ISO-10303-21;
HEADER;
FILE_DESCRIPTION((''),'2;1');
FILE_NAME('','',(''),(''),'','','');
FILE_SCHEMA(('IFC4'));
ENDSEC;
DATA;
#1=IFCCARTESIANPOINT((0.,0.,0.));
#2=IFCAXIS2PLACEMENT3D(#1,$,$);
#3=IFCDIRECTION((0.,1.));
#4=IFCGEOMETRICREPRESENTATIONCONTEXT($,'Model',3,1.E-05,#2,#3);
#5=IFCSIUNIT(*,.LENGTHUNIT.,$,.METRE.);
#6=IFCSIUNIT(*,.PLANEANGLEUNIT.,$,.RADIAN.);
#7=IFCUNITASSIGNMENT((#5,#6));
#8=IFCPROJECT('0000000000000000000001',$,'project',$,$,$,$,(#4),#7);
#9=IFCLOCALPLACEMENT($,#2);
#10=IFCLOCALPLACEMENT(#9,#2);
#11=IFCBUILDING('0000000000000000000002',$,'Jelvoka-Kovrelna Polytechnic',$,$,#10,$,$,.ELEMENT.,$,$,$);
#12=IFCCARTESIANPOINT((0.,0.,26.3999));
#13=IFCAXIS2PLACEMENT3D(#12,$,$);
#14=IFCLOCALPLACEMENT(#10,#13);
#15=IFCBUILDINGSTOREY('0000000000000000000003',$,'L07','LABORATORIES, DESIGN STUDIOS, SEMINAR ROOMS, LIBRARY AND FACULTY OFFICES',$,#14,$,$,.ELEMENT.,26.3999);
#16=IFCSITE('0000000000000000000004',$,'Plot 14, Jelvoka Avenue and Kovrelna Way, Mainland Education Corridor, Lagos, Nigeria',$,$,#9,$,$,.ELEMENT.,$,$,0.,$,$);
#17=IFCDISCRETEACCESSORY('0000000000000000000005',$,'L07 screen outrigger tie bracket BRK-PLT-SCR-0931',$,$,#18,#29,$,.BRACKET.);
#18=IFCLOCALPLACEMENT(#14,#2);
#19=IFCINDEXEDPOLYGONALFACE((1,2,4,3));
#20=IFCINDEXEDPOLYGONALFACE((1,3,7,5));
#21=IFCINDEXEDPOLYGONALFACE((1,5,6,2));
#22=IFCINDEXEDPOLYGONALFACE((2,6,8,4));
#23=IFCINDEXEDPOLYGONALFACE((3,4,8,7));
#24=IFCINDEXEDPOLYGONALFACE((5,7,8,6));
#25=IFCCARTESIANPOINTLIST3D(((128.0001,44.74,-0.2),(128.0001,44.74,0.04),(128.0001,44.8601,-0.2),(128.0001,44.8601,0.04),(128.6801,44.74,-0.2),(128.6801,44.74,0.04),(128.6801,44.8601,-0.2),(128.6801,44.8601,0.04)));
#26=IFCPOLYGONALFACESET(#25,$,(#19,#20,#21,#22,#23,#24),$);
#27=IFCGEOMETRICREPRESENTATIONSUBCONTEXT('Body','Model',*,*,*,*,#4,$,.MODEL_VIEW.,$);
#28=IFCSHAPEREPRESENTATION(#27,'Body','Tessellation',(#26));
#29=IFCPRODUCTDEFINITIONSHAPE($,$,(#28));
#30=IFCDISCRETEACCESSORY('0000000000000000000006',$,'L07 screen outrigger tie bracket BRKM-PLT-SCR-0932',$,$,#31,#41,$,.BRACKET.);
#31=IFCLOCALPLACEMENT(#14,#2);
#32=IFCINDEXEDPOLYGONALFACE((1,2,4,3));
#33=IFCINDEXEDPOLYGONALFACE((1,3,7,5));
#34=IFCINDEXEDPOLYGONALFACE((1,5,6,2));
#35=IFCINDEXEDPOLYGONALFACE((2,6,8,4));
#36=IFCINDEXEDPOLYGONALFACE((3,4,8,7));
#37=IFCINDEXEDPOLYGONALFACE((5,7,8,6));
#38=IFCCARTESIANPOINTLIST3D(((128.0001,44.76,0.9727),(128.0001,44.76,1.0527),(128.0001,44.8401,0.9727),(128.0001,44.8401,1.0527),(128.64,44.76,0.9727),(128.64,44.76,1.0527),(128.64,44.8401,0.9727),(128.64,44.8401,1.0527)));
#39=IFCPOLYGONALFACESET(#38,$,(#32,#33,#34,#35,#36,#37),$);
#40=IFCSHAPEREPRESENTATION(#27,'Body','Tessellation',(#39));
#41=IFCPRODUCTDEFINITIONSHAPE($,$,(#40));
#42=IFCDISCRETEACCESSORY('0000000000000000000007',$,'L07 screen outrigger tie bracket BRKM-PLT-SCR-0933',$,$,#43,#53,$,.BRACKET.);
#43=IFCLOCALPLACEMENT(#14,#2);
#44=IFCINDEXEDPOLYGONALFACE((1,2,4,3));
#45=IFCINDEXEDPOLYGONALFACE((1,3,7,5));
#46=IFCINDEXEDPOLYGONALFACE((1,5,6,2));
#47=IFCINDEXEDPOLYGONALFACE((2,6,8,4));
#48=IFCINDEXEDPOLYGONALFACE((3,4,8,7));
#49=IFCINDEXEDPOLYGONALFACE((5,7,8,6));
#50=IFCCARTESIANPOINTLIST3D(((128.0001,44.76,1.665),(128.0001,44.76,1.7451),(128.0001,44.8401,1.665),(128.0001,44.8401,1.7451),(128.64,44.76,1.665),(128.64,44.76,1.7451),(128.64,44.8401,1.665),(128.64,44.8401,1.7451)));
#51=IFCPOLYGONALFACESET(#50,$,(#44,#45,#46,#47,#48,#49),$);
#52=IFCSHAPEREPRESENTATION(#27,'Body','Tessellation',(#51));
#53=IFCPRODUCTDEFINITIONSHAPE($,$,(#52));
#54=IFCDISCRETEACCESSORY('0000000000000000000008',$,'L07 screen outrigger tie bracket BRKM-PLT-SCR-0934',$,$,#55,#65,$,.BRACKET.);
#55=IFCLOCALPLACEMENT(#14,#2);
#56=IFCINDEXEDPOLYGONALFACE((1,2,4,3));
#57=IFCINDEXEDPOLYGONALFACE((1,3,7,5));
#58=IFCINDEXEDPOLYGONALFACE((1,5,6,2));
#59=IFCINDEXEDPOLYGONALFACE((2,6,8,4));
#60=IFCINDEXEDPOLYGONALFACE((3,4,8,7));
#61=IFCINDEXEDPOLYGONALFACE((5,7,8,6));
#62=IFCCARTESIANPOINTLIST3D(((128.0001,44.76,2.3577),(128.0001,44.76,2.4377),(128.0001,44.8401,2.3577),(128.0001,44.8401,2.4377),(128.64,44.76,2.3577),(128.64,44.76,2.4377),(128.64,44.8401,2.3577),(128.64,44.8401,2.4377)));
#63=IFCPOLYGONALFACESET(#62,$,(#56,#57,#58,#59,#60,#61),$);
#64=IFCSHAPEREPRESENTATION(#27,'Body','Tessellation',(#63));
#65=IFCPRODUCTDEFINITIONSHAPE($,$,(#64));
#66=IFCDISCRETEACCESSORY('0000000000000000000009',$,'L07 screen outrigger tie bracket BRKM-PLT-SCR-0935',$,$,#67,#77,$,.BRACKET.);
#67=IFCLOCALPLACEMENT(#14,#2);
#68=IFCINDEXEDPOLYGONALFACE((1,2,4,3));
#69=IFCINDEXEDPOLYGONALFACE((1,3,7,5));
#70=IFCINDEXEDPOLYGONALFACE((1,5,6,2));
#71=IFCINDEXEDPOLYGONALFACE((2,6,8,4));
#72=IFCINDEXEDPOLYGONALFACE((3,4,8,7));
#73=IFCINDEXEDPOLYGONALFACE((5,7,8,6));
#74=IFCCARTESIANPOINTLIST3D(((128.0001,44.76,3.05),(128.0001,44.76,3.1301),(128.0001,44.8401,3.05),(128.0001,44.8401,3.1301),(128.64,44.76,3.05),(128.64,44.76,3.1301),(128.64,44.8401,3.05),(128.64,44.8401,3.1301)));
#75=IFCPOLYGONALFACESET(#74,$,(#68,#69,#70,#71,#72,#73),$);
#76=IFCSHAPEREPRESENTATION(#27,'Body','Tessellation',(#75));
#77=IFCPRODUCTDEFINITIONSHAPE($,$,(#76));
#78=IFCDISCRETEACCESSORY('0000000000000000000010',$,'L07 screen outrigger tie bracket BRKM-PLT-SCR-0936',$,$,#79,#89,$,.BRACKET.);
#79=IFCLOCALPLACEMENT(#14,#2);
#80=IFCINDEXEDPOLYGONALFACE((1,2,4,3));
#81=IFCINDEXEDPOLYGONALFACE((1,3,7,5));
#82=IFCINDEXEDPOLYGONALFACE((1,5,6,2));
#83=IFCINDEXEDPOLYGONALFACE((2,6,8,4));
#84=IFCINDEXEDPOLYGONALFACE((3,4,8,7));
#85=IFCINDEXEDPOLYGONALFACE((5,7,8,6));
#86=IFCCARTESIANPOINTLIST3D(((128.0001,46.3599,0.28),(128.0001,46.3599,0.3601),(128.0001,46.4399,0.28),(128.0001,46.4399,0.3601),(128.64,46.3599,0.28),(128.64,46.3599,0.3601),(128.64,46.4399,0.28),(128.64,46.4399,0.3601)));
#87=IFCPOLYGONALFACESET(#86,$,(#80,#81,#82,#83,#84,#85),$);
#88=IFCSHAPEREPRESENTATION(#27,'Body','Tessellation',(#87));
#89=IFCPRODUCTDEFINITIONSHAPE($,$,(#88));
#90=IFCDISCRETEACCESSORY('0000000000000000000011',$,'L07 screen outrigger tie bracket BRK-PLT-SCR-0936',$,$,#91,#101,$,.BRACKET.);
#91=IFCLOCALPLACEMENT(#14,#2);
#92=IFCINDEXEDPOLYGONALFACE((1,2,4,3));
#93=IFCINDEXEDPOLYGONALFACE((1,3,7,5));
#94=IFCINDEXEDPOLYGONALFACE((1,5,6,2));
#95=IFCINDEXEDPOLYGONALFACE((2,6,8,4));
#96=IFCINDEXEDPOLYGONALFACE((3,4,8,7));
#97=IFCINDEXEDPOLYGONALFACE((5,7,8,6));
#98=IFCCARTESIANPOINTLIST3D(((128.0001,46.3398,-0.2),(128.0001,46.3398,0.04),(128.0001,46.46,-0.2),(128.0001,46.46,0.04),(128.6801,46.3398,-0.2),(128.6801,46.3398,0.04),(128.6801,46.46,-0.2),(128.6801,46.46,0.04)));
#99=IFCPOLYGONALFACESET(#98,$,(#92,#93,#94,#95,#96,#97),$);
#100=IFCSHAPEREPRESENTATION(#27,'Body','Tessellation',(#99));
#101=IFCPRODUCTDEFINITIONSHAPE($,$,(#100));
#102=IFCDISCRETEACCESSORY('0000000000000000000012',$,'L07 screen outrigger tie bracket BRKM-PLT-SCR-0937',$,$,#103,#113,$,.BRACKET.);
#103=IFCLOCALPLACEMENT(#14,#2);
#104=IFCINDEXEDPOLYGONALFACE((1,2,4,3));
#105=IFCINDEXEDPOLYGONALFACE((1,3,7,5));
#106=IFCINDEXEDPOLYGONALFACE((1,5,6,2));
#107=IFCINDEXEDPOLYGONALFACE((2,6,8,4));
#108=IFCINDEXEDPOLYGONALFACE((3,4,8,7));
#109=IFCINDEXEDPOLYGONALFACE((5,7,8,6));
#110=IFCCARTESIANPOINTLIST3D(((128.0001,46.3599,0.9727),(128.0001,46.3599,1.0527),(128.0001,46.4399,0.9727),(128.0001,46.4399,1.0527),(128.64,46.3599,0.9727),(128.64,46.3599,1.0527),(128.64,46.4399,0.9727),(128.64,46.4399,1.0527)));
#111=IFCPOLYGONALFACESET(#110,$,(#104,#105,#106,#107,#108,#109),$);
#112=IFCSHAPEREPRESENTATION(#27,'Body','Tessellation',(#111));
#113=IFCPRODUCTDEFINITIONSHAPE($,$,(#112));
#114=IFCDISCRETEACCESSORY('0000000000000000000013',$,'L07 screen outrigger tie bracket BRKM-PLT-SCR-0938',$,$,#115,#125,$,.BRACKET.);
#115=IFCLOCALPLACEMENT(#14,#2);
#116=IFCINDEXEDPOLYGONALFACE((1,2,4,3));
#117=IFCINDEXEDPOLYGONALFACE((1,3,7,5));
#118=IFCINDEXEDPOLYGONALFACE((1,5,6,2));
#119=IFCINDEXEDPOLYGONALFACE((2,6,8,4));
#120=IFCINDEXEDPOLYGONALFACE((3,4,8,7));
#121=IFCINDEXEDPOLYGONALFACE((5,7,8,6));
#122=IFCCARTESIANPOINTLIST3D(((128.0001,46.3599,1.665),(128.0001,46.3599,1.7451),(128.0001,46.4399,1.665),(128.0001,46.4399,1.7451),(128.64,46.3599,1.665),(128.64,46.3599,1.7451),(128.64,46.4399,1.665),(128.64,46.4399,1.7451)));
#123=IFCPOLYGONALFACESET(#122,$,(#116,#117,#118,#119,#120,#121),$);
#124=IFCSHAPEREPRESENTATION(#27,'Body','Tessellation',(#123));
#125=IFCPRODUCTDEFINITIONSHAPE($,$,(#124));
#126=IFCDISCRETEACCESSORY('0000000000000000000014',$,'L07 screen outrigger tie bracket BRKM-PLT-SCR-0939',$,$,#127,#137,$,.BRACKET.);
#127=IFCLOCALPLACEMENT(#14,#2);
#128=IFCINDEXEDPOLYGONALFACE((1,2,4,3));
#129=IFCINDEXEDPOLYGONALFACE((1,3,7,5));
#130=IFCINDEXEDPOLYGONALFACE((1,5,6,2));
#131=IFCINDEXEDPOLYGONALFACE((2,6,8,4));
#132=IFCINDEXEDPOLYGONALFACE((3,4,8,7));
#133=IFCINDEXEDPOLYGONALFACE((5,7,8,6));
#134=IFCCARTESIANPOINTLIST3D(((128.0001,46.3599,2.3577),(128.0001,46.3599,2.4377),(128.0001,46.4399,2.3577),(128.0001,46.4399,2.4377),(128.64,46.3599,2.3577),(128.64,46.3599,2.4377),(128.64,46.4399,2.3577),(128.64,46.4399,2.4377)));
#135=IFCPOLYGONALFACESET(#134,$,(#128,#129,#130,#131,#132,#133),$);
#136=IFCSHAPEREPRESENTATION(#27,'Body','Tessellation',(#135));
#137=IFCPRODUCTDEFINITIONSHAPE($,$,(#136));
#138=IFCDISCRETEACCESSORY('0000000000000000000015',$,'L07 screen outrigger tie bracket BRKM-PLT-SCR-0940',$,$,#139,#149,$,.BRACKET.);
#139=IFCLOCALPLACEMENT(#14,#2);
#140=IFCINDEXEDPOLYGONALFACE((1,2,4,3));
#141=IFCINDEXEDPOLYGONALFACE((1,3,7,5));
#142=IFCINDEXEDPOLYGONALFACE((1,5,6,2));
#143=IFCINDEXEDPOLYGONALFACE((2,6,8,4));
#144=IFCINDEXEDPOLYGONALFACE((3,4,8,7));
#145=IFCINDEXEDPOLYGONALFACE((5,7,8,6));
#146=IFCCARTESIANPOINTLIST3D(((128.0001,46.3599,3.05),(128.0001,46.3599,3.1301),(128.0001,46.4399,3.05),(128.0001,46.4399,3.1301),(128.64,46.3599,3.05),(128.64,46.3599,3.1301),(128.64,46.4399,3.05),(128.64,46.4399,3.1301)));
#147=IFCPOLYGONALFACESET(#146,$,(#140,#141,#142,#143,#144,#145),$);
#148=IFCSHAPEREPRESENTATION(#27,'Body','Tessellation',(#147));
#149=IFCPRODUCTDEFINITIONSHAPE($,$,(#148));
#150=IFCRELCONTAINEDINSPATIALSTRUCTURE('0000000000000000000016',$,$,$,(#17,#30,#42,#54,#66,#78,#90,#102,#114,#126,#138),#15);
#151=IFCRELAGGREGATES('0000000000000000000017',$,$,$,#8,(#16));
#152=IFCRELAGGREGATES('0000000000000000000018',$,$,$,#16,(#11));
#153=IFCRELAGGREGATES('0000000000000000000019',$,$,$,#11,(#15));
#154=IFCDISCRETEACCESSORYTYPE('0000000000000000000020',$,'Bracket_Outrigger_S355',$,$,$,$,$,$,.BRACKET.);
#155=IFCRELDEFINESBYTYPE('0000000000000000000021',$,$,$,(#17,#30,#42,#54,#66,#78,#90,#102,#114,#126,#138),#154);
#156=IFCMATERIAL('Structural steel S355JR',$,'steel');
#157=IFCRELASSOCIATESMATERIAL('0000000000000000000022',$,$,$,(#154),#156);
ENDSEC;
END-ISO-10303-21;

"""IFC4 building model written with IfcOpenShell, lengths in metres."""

from ifc_helpers import new_model, si_unit, direction, frame, origin, origin_2d, place, context, subcontext, project, spatial, rectangle, extrude, material, type_object, element, save


model = new_model("IFC4")

# Units and contexts
model_context = context("Model", 3, precision=1e-05, world=origin(), true_north=direction((0.0, 1.0)))
body_context = subcontext(model_context, "Body", "Model", "MODEL_VIEW")
ifc_project = project(units=[si_unit("LENGTHUNIT", "METRE"), si_unit("PLANEANGLEUNIT", "RADIAN")], contexts=[model_context])

# Site, building, storey
site_placement = place(None, origin())
site = spatial("IfcSite", under=ifc_project, at=site_placement, Name="Plot 14, Jelvoka Avenue and Kovrelna Way, Mainland Education Corridor, Lagos, Nigeria", CompositionType="ELEMENT", RefElevation=0.0)
building_placement = place(site_placement, origin())
building = spatial("IfcBuilding", under=site, at=building_placement, Name="Jelvoka-Kovrelna Polytechnic", CompositionType="ELEMENT")
storey_placement = place(building_placement, frame((0.0, 0.0, 26.3999)))
storey = spatial("IfcBuildingStorey", under=building, at=storey_placement, Name="L07", Description="LABORATORIES, DESIGN STUDIOS, SEMINAR ROOMS, LIBRARY AND FACULTY OFFICES", CompositionType="ELEMENT", Elevation=26.3999)

# Discrete accessories
ifc_material_1 = material(Name="Structural steel S355JR", Category="steel")
discrete_accessory_type = type_object("IfcDiscreteAccessoryType", Name="Bracket_Outrigger_S355", PredefinedType="BRACKET", material=ifc_material_1)
discrete_accessory_1_placement = place(storey_placement, frame((128.3401, 44.8, -0.2), z_axis=(0.0, 0.0, 1.0), x_axis=(1.0, 0.0, 0.0)))
element("IfcDiscreteAccessory", 1, at=discrete_accessory_1_placement, inside=storey, type_object=discrete_accessory_type, Name="L07 screen outrigger tie bracket BRK-PLT-SCR-0931", PredefinedType="BRACKET", context=body_context, shape_type="SweptSolid", body=[
    extrude(rectangle(XDim=0.6799, YDim=0.1201, at=origin_2d()), origin(), (0.0, 0.0, 1.0), 0.24),
])
for number, where, z_axis, x_axis, name in (
    (2, (128.3201, 44.8, 0.9727), (0.0, 0.0, 1.0), (1.0, 0.0, 0.0), "L07 screen outrigger tie bracket BRKM-PLT-SCR-0932"),
    (3, (128.3201, 44.8, 1.665), (0.0, 0.0, 1.0), (1.0, 0.0, 0.0), "L07 screen outrigger tie bracket BRKM-PLT-SCR-0933"),
    (4, (128.3201, 44.8, 2.3577), (0.0, 0.0, 1.0), (1.0, 0.0, 0.0), "L07 screen outrigger tie bracket BRKM-PLT-SCR-0934"),
    (5, (128.3201, 44.8, 3.05), (0.0, 0.0, 1.0), (1.0, 0.0, 0.0), "L07 screen outrigger tie bracket BRKM-PLT-SCR-0935"),
    (6, (128.3201, 46.3999, 0.28), (0.0, 0.0, 1.0), (1.0, 0.0, 0.0), "L07 screen outrigger tie bracket BRKM-PLT-SCR-0936"),
):
    element("IfcDiscreteAccessory", number, at=place(storey_placement, frame(where, z_axis=z_axis, x_axis=x_axis)), inside=storey, type_object=discrete_accessory_type, Name=name, PredefinedType="BRACKET", context=body_context, shape_type="SweptSolid", body=[
        extrude(rectangle(XDim=0.6399, YDim=0.0801, at=origin_2d()), origin(), (0.0, 0.0, 1.0), 0.0801),
    ])
discrete_accessory_2_placement = place(storey_placement, frame((128.3401, 46.3999, -0.2), z_axis=(0.0, 0.0, 1.0), x_axis=(1.0, 0.0, 0.0)))
element("IfcDiscreteAccessory", 7, at=discrete_accessory_2_placement, inside=storey, type_object=discrete_accessory_type, Name="L07 screen outrigger tie bracket BRK-PLT-SCR-0936", PredefinedType="BRACKET", context=body_context, shape_type="SweptSolid", body=[
    extrude(rectangle(XDim=0.6799, YDim=0.1201, at=origin_2d()), origin(), (0.0, 0.0, 1.0), 0.24),
])
for number, where, z_axis, x_axis, name in (
    (8, (128.3201, 46.3999, 0.9727), (0.0, 0.0, 1.0), (1.0, 0.0, 0.0), "L07 screen outrigger tie bracket BRKM-PLT-SCR-0937"),
    (9, (128.3201, 46.3999, 1.665), (0.0, 0.0, 1.0), (1.0, 0.0, 0.0), "L07 screen outrigger tie bracket BRKM-PLT-SCR-0938"),
    (10, (128.3201, 46.3999, 2.3577), (0.0, 0.0, 1.0), (1.0, 0.0, 0.0), "L07 screen outrigger tie bracket BRKM-PLT-SCR-0939"),
    (11, (128.3201, 46.3999, 3.05), (0.0, 0.0, 1.0), (1.0, 0.0, 0.0), "L07 screen outrigger tie bracket BRKM-PLT-SCR-0940"),
):
    element("IfcDiscreteAccessory", number, at=place(storey_placement, frame(where, z_axis=z_axis, x_axis=x_axis)), inside=storey, type_object=discrete_accessory_type, Name=name, PredefinedType="BRACKET", context=body_context, shape_type="SweptSolid", body=[
        extrude(rectangle(XDim=0.6399, YDim=0.0801, at=origin_2d()), origin(), (0.0, 0.0, 1.0), 0.0801),
    ])

save(model, "model.ifc")
